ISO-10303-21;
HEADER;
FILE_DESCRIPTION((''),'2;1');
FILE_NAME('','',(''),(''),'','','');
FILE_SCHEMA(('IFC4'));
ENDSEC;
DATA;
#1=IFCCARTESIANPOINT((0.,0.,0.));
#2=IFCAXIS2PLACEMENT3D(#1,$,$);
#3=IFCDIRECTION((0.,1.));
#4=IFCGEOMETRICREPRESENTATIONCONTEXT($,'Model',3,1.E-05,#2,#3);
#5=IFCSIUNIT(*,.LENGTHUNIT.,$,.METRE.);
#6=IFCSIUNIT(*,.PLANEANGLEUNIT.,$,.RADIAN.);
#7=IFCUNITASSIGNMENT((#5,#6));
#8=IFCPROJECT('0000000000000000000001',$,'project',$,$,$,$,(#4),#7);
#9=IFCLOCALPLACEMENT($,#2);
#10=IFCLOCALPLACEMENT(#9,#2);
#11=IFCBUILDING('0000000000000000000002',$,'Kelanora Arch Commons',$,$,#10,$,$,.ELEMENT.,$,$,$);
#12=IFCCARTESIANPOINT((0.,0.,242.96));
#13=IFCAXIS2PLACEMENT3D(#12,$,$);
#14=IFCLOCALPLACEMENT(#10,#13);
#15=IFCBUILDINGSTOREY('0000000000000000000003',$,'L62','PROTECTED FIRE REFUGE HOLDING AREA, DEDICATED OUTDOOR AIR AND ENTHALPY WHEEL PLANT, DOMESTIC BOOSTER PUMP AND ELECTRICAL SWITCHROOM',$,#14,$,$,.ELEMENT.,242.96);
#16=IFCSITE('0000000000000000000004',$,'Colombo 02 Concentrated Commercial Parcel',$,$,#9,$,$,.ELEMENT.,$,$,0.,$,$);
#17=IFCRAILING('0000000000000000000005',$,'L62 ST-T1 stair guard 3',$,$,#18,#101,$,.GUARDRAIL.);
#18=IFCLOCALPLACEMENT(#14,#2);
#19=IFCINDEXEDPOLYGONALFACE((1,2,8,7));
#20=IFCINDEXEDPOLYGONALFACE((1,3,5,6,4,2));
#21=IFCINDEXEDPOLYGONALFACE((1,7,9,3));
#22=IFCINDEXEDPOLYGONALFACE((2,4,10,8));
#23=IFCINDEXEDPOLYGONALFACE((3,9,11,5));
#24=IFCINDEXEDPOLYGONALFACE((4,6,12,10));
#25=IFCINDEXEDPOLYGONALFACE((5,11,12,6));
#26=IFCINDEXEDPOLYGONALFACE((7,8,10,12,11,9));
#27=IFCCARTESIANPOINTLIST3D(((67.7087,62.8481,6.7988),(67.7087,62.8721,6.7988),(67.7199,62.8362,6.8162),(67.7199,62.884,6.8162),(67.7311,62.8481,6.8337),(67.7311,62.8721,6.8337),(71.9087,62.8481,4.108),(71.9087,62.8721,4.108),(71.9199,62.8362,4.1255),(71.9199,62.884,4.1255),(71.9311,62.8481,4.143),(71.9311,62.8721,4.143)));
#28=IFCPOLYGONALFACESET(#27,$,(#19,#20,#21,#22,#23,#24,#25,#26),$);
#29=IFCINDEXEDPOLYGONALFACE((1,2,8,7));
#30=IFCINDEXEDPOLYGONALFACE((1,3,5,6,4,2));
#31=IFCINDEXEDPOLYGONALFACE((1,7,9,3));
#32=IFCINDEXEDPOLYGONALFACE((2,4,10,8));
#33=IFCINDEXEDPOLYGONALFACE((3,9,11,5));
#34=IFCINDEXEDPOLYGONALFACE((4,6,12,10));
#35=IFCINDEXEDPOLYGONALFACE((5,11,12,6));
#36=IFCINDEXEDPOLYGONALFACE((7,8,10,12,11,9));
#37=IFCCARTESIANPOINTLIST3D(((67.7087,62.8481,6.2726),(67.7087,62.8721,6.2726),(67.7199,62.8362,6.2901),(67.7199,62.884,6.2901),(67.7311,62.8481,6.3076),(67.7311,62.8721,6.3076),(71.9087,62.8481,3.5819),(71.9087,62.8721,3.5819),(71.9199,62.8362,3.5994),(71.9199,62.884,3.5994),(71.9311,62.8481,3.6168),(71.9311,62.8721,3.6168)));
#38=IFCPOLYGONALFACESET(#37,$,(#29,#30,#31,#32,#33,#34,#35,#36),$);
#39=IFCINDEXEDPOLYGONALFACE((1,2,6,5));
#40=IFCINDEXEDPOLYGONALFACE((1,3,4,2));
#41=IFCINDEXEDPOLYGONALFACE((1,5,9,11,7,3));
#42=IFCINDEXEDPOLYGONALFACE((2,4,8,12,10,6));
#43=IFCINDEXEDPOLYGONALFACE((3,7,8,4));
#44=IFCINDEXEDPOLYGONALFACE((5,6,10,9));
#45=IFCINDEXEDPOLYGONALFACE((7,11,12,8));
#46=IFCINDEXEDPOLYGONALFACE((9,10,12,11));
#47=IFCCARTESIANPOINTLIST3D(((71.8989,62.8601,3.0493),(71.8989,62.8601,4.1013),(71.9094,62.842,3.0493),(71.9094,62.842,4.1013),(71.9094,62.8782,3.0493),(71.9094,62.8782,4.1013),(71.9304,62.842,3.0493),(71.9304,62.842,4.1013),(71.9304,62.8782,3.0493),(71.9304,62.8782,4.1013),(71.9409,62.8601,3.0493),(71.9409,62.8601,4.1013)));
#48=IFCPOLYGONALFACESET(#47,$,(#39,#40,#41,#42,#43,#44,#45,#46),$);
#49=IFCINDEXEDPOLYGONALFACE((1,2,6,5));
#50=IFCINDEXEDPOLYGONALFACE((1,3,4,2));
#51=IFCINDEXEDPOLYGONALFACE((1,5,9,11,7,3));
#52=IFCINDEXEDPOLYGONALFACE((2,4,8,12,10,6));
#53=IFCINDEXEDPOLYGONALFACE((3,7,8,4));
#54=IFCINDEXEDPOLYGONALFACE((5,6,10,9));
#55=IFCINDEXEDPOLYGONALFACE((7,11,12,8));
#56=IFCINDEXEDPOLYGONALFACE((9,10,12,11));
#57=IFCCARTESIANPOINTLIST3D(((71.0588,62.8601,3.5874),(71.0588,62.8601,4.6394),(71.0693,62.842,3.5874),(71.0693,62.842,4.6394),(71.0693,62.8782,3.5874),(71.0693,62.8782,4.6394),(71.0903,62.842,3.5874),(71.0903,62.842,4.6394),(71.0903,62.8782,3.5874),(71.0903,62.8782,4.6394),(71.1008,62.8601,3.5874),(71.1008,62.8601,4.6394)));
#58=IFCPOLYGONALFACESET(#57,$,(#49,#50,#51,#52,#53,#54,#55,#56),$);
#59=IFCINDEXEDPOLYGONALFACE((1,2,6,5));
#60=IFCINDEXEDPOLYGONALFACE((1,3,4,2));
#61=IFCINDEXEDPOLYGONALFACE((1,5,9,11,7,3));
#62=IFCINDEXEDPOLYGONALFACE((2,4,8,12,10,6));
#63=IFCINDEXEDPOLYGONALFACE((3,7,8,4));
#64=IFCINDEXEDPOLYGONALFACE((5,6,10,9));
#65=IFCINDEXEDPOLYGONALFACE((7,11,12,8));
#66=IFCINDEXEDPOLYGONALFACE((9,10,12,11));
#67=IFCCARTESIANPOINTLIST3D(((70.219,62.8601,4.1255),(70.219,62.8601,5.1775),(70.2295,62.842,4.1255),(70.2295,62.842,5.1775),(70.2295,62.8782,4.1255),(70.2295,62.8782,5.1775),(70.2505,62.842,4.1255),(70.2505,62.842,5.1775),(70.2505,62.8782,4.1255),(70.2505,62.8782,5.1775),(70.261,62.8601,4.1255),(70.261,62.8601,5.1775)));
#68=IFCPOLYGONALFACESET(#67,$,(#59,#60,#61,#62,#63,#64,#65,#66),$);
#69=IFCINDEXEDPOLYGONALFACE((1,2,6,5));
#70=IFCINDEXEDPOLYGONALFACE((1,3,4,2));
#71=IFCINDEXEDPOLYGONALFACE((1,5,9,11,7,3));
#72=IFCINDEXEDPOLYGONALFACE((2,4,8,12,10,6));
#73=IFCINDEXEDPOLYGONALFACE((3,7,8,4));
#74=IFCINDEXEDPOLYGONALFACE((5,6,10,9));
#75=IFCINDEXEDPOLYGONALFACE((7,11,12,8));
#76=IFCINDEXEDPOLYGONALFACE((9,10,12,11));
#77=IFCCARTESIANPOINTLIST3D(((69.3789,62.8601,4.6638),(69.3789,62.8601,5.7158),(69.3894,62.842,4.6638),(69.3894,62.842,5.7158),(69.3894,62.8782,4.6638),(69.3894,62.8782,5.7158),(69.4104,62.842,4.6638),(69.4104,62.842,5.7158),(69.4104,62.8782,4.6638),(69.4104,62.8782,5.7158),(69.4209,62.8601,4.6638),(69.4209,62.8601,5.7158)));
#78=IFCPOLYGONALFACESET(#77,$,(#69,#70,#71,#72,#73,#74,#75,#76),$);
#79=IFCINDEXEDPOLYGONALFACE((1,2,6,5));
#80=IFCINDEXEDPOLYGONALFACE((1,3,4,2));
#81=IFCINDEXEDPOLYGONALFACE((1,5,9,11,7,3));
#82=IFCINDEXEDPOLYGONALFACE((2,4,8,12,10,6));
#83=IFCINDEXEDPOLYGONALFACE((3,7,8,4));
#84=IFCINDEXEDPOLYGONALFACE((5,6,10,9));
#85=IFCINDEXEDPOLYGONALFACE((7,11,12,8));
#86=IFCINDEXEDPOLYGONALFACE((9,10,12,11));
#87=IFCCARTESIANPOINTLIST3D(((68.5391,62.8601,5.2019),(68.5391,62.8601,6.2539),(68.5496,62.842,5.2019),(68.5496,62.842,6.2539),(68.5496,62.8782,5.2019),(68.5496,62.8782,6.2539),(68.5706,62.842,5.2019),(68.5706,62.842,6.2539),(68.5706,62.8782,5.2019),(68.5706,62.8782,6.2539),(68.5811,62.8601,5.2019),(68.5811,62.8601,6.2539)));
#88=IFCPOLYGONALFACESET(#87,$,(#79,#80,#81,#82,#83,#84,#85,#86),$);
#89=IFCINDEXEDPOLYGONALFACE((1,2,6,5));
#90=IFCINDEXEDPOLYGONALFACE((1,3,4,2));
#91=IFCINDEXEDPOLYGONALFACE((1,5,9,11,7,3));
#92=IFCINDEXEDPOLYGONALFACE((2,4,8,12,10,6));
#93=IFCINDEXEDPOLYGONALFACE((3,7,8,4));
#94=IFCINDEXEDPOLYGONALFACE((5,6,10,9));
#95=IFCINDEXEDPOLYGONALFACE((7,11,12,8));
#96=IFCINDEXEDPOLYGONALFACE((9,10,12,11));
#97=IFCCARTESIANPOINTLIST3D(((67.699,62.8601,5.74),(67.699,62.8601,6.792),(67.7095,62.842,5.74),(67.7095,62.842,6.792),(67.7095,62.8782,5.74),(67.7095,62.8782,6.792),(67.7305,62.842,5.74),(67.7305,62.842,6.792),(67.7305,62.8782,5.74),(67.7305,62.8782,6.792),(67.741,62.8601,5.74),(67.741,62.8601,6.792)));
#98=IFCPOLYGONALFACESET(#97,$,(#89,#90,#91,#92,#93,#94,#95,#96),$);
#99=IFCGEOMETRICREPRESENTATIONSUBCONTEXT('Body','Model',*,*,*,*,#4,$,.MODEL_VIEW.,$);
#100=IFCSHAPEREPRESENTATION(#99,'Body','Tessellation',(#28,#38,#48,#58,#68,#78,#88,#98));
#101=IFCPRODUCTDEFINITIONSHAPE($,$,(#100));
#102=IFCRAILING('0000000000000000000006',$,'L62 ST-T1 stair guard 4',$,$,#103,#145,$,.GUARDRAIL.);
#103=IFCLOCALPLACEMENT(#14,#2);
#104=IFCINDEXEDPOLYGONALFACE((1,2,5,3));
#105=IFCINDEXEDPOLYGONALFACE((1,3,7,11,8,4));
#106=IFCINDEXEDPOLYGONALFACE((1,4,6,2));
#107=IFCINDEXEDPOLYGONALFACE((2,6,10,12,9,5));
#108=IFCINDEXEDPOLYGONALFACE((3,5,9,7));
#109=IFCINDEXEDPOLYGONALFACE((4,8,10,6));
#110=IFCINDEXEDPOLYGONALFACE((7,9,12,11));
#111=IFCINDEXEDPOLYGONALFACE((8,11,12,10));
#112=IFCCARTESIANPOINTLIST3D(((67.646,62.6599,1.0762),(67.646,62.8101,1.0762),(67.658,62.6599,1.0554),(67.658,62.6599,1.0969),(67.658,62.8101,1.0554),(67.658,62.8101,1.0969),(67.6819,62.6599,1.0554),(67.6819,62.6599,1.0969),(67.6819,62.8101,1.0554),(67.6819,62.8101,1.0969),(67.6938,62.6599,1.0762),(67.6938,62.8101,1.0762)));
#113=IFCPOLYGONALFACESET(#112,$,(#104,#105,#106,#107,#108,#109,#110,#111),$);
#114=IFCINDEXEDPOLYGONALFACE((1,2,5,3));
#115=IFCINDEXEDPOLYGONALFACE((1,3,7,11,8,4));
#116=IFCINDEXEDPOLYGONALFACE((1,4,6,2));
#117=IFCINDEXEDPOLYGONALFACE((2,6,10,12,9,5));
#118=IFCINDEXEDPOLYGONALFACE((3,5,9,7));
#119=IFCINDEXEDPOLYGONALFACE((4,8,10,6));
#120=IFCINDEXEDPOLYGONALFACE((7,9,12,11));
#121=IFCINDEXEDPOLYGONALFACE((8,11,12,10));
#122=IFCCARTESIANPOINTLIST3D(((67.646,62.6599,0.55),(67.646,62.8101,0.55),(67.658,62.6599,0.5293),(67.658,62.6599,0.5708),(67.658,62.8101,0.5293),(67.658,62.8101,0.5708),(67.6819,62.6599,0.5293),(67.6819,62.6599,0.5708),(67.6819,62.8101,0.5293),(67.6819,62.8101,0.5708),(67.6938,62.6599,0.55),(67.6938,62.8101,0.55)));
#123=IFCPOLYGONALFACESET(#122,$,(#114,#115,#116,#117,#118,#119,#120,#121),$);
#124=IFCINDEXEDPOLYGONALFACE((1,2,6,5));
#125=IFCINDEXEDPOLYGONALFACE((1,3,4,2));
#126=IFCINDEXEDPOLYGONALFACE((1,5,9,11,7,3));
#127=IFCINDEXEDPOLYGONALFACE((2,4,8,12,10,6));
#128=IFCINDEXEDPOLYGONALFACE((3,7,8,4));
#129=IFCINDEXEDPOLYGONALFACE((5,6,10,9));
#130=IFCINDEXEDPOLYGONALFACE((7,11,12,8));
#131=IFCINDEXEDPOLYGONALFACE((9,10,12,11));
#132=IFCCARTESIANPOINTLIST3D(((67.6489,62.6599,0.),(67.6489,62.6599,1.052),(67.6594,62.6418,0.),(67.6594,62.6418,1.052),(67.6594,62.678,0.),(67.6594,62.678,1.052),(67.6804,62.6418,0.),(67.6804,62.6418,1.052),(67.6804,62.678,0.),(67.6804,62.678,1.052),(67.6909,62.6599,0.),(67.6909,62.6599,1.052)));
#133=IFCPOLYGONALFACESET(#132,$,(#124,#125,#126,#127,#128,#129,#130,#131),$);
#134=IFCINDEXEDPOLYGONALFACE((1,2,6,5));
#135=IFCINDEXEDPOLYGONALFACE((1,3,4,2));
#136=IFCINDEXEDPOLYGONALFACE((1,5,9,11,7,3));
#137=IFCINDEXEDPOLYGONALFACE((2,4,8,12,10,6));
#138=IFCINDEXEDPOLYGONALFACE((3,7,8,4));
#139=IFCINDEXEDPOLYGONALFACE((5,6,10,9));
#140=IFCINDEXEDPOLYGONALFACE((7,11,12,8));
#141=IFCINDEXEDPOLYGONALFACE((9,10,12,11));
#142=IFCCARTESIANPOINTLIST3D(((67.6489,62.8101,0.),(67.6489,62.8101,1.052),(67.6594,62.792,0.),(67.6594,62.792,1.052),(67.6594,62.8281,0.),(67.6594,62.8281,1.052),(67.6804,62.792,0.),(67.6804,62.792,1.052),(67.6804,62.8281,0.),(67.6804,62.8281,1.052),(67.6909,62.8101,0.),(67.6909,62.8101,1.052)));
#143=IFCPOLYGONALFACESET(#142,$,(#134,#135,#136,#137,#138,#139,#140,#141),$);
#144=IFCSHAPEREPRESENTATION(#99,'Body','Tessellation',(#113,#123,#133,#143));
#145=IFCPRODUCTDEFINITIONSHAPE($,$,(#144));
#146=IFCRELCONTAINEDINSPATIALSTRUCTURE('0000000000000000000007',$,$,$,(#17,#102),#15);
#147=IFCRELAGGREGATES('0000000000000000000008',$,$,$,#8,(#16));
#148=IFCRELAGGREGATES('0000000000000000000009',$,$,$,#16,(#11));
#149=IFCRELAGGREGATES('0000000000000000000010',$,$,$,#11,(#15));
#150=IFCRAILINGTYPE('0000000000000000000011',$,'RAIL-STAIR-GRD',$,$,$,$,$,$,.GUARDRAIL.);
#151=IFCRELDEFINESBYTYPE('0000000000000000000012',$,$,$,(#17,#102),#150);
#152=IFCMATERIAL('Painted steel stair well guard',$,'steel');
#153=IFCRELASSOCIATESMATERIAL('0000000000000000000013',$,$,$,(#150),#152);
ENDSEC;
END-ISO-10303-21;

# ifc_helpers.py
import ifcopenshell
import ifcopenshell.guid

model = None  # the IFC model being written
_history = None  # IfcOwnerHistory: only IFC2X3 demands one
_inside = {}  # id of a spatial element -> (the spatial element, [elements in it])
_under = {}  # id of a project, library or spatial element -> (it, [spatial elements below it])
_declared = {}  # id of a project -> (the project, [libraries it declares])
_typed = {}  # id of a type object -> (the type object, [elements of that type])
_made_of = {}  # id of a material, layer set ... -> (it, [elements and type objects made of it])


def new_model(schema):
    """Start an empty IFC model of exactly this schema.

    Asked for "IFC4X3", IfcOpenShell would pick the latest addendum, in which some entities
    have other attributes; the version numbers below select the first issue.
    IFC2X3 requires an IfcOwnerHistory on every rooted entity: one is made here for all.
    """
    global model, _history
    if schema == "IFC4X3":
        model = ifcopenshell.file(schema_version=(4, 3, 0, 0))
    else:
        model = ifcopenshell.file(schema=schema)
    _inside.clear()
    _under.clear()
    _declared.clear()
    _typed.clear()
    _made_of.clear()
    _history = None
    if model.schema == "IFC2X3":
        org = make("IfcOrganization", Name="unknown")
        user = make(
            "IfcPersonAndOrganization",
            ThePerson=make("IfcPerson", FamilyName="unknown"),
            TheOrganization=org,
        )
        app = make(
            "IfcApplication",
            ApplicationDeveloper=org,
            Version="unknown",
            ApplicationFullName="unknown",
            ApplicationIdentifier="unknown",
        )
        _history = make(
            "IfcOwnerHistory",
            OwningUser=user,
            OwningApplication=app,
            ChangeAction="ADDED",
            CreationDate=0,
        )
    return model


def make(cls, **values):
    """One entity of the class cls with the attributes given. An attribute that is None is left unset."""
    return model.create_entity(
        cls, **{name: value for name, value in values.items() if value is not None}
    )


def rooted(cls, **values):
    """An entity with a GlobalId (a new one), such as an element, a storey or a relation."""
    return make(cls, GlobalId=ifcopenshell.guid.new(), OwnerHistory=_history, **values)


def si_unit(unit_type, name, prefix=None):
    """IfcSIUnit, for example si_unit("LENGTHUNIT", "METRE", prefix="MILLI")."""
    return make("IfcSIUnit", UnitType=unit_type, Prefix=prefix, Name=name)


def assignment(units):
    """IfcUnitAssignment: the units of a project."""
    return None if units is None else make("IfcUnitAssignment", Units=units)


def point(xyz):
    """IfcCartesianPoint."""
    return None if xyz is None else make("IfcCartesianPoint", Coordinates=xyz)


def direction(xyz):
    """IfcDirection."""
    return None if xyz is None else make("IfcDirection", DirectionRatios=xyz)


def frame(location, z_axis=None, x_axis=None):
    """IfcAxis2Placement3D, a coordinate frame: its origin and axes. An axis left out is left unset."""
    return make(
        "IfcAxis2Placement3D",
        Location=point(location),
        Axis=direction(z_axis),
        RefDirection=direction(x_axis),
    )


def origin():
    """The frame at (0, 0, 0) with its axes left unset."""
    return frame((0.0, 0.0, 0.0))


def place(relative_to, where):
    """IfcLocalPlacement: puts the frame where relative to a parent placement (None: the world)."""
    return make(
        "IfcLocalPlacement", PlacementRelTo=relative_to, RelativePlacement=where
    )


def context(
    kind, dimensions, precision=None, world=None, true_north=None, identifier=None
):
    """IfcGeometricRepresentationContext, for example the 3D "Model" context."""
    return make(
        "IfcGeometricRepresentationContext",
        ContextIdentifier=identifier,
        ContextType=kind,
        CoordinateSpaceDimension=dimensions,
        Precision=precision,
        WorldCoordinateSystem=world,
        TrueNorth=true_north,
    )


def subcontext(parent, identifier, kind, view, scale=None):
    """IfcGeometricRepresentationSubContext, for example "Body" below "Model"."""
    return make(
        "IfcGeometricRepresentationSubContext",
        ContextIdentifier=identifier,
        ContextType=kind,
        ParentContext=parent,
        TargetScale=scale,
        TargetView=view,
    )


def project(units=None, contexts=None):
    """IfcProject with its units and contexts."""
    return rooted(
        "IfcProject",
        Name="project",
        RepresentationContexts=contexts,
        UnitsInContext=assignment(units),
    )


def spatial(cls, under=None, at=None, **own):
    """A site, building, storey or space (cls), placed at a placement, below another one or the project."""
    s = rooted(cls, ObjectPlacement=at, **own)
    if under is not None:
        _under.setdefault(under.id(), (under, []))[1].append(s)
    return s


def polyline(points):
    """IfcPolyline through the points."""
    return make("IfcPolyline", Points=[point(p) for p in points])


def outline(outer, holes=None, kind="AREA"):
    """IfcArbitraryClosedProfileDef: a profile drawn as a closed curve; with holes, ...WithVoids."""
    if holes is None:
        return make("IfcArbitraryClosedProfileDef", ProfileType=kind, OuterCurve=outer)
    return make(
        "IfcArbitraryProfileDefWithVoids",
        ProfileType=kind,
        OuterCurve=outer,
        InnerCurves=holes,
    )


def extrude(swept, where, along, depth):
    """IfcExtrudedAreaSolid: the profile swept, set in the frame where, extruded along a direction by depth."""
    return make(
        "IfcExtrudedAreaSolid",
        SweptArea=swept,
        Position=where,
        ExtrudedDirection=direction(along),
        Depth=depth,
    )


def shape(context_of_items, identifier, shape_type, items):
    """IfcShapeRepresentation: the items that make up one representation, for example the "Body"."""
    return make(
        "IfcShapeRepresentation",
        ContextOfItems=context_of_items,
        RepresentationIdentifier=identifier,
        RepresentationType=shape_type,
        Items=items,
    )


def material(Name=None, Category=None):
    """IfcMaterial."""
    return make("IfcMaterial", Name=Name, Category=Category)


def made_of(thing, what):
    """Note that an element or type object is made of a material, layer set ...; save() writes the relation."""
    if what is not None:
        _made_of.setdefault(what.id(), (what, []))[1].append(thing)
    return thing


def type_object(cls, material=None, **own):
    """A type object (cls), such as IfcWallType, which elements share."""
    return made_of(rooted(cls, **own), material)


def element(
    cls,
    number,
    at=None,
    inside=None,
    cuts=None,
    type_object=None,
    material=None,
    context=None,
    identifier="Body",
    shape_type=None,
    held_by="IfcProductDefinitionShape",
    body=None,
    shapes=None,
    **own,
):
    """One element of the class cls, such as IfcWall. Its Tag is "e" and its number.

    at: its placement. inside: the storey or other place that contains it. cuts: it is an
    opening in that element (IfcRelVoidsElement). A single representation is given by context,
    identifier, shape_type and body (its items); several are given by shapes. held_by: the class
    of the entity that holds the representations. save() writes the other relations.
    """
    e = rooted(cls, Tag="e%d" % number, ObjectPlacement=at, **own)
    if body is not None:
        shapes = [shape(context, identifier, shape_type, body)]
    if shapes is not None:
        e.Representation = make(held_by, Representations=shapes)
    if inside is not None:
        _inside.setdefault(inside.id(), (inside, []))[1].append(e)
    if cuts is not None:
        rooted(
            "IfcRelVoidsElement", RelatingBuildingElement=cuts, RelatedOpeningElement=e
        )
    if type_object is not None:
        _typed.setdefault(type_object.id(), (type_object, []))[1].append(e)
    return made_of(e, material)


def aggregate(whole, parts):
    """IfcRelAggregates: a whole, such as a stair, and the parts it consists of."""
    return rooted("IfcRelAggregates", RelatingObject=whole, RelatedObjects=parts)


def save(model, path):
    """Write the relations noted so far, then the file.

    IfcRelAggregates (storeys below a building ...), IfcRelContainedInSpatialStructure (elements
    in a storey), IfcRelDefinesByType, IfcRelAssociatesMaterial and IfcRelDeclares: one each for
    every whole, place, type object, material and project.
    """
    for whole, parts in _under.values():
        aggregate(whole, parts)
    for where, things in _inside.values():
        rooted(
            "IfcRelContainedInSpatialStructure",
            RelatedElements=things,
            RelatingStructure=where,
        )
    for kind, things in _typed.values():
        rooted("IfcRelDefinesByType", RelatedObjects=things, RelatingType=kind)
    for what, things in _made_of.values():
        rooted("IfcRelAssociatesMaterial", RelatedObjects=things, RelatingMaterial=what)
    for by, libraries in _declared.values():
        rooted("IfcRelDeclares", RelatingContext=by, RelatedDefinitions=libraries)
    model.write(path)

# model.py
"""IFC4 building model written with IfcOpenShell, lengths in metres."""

from ifc_helpers import new_model, si_unit, direction, frame, origin, place, context, subcontext, project, spatial, polyline, outline, extrude, material, type_object, element, save


model = new_model("IFC4")

# Units and contexts
model_context = context("Model", 3, precision=1e-05, world=origin(), true_north=direction((0.0, 1.0)))
body_context = subcontext(model_context, "Body", "Model", "MODEL_VIEW")
ifc_project = project(units=[si_unit("LENGTHUNIT", "METRE"), si_unit("PLANEANGLEUNIT", "RADIAN")], contexts=[model_context])

# Site, building, storey
site_placement = place(None, origin())
site = spatial("IfcSite", under=ifc_project, at=site_placement, Name="Colombo 02 Concentrated Commercial Parcel", CompositionType="ELEMENT", RefElevation=0.0)
building_placement = place(site_placement, origin())
building = spatial("IfcBuilding", under=site, at=building_placement, Name="Kelanora Arch Commons", CompositionType="ELEMENT")
storey_placement = place(building_placement, frame((0.0, 0.0, 242.96)))
storey = spatial("IfcBuildingStorey", under=building, at=storey_placement, Name="L62", Description="PROTECTED FIRE REFUGE HOLDING AREA, DEDICATED OUTDOOR AIR AND ENTHALPY WHEEL PLANT, DOMESTIC BOOSTER PUMP AND ELECTRICAL SWITCHROOM", CompositionType="ELEMENT", Elevation=242.96)

# Railings
ifc_material_1 = material(Name="Painted steel stair well guard", Category="steel")
railing_type_1 = type_object("IfcRailingType", Name="RAIL-STAIR-GRD", PredefinedType="GUARDRAIL", material=ifc_material_1)
railing_1_placement = place(storey_placement, frame((71.9199, 62.8601, 3.0493)))
element("IfcRailing", 1, at=railing_1_placement, inside=storey, type_object=railing_type_1, Name="L62 ST-T1 stair guard 3", PredefinedType="GUARDRAIL", context=body_context, shape_type="SweptSolid", body=[
    extrude(outline(polyline([(0.0239, 0.0), (0.012, 0.0208), (-0.012, 0.0208), (-0.0239, 0.0), (-0.012, -0.0208), (0.012, -0.0208), (0.0239, 0.0)])), frame((0.0, 0.0, 1.0762), z_axis=(-0.842025, 0.0, 0.539438), x_axis=(0.0, -1.0, 0.0)), (0.0, 0.0, 1.0), 4.988),
    extrude(outline(polyline([(0.0239, 0.0), (0.012, 0.0208), (-0.012, 0.0208), (-0.0239, 0.0), (-0.012, -0.0208), (0.012, -0.0208), (0.0239, 0.0)])), frame((0.0, 0.0, 0.55), z_axis=(-0.842025, 0.0, 0.539438), x_axis=(0.0, -1.0, 0.0)), (0.0, 0.0, 1.0), 4.988),
    extrude(outline(polyline([(0.021, 0.0), (0.0105, 0.0181), (-0.0105, 0.0181), (-0.021, 0.0), (-0.0105, -0.0181), (0.0105, -0.0181), (0.021, 0.0)])), origin(), (0.0, 0.0, 1.0), 1.052),
    extrude(outline(polyline([(0.021, 0.0), (0.0105, 0.0181), (-0.0105, 0.0181), (-0.021, 0.0), (-0.0105, -0.0181), (0.0105, -0.0181), (0.021, 0.0)])), frame((-0.8401, 0.0, 0.5381)), (0.0, 0.0, 1.0), 1.052),
    extrude(outline(polyline([(0.021, 0.0), (0.0105, 0.0181), (-0.0105, 0.0181), (-0.021, 0.0), (-0.0105, -0.0181), (0.0105, -0.0181), (0.021, 0.0)])), frame((-1.6799, 0.0, 1.0762)), (0.0, 0.0, 1.0), 1.052),
    extrude(outline(polyline([(0.021, 0.0), (0.0105, 0.0181), (-0.0105, 0.0181), (-0.021, 0.0), (-0.0105, -0.0181), (0.0105, -0.0181), (0.021, 0.0)])), frame((-2.52, 0.0, 1.6145)), (0.0, 0.0, 1.0), 1.052),
    extrude(outline(polyline([(0.021, 0.0), (0.0105, 0.0181), (-0.0105, 0.0181), (-0.021, 0.0), (-0.0105, -0.0181), (0.0105, -0.0181), (0.021, 0.0)])), frame((-3.3599, 0.0, 2.1526)), (0.0, 0.0, 1.0), 1.052),
    extrude(outline(polyline([(0.021, 0.0), (0.0105, 0.0181), (-0.0105, 0.0181), (-0.021, 0.0), (-0.0105, -0.0181), (0.0105, -0.0181), (0.021, 0.0)])), frame((-4.2, 0.0, 2.6907)), (0.0, 0.0, 1.0), 1.052),
])
railing_2_placement = place(storey_placement, frame((67.6699, 62.6599, 0.0)))
element("IfcRailing", 2, at=railing_2_placement, inside=storey, type_object=railing_type_1, Name="L62 ST-T1 stair guard 4", PredefinedType="GUARDRAIL", context=body_context, shape_type="SweptSolid", body=[
    extrude(outline(polyline([(0.0239, 0.0), (0.012, 0.0208), (-0.012, 0.0208), (-0.0239, 0.0), (-0.012, -0.0208), (0.012, -0.0208), (0.0239, 0.0)])), frame((0.0, 0.0, 1.0762), z_axis=(0.0, 1.0, 0.0), x_axis=(-1.0, 0.0, 0.0)), (0.0, 0.0, 1.0), 0.1501),
    extrude(outline(polyline([(0.0239, 0.0), (0.012, 0.0208), (-0.012, 0.0208), (-0.0239, 0.0), (-0.012, -0.0208), (0.012, -0.0208), (0.0239, 0.0)])), frame((0.0, 0.0, 0.55), z_axis=(0.0, 1.0, 0.0), x_axis=(-1.0, 0.0, 0.0)), (0.0, 0.0, 1.0), 0.1501),
    extrude(outline(polyline([(0.021, 0.0), (0.0105, 0.0181), (-0.0105, 0.0181), (-0.021, 0.0), (-0.0105, -0.0181), (0.0105, -0.0181), (0.021, 0.0)])), origin(), (0.0, 0.0, 1.0), 1.052),
    extrude(outline(polyline([(0.021, 0.0), (0.0105, 0.0181), (-0.0105, 0.0181), (-0.021, 0.0), (-0.0105, -0.0181), (0.0105, -0.0181), (0.021, 0.0)])), frame((0.0, 0.1501, 0.0)), (0.0, 0.0, 1.0), 1.052),
])

save(model, "model.ifc")
